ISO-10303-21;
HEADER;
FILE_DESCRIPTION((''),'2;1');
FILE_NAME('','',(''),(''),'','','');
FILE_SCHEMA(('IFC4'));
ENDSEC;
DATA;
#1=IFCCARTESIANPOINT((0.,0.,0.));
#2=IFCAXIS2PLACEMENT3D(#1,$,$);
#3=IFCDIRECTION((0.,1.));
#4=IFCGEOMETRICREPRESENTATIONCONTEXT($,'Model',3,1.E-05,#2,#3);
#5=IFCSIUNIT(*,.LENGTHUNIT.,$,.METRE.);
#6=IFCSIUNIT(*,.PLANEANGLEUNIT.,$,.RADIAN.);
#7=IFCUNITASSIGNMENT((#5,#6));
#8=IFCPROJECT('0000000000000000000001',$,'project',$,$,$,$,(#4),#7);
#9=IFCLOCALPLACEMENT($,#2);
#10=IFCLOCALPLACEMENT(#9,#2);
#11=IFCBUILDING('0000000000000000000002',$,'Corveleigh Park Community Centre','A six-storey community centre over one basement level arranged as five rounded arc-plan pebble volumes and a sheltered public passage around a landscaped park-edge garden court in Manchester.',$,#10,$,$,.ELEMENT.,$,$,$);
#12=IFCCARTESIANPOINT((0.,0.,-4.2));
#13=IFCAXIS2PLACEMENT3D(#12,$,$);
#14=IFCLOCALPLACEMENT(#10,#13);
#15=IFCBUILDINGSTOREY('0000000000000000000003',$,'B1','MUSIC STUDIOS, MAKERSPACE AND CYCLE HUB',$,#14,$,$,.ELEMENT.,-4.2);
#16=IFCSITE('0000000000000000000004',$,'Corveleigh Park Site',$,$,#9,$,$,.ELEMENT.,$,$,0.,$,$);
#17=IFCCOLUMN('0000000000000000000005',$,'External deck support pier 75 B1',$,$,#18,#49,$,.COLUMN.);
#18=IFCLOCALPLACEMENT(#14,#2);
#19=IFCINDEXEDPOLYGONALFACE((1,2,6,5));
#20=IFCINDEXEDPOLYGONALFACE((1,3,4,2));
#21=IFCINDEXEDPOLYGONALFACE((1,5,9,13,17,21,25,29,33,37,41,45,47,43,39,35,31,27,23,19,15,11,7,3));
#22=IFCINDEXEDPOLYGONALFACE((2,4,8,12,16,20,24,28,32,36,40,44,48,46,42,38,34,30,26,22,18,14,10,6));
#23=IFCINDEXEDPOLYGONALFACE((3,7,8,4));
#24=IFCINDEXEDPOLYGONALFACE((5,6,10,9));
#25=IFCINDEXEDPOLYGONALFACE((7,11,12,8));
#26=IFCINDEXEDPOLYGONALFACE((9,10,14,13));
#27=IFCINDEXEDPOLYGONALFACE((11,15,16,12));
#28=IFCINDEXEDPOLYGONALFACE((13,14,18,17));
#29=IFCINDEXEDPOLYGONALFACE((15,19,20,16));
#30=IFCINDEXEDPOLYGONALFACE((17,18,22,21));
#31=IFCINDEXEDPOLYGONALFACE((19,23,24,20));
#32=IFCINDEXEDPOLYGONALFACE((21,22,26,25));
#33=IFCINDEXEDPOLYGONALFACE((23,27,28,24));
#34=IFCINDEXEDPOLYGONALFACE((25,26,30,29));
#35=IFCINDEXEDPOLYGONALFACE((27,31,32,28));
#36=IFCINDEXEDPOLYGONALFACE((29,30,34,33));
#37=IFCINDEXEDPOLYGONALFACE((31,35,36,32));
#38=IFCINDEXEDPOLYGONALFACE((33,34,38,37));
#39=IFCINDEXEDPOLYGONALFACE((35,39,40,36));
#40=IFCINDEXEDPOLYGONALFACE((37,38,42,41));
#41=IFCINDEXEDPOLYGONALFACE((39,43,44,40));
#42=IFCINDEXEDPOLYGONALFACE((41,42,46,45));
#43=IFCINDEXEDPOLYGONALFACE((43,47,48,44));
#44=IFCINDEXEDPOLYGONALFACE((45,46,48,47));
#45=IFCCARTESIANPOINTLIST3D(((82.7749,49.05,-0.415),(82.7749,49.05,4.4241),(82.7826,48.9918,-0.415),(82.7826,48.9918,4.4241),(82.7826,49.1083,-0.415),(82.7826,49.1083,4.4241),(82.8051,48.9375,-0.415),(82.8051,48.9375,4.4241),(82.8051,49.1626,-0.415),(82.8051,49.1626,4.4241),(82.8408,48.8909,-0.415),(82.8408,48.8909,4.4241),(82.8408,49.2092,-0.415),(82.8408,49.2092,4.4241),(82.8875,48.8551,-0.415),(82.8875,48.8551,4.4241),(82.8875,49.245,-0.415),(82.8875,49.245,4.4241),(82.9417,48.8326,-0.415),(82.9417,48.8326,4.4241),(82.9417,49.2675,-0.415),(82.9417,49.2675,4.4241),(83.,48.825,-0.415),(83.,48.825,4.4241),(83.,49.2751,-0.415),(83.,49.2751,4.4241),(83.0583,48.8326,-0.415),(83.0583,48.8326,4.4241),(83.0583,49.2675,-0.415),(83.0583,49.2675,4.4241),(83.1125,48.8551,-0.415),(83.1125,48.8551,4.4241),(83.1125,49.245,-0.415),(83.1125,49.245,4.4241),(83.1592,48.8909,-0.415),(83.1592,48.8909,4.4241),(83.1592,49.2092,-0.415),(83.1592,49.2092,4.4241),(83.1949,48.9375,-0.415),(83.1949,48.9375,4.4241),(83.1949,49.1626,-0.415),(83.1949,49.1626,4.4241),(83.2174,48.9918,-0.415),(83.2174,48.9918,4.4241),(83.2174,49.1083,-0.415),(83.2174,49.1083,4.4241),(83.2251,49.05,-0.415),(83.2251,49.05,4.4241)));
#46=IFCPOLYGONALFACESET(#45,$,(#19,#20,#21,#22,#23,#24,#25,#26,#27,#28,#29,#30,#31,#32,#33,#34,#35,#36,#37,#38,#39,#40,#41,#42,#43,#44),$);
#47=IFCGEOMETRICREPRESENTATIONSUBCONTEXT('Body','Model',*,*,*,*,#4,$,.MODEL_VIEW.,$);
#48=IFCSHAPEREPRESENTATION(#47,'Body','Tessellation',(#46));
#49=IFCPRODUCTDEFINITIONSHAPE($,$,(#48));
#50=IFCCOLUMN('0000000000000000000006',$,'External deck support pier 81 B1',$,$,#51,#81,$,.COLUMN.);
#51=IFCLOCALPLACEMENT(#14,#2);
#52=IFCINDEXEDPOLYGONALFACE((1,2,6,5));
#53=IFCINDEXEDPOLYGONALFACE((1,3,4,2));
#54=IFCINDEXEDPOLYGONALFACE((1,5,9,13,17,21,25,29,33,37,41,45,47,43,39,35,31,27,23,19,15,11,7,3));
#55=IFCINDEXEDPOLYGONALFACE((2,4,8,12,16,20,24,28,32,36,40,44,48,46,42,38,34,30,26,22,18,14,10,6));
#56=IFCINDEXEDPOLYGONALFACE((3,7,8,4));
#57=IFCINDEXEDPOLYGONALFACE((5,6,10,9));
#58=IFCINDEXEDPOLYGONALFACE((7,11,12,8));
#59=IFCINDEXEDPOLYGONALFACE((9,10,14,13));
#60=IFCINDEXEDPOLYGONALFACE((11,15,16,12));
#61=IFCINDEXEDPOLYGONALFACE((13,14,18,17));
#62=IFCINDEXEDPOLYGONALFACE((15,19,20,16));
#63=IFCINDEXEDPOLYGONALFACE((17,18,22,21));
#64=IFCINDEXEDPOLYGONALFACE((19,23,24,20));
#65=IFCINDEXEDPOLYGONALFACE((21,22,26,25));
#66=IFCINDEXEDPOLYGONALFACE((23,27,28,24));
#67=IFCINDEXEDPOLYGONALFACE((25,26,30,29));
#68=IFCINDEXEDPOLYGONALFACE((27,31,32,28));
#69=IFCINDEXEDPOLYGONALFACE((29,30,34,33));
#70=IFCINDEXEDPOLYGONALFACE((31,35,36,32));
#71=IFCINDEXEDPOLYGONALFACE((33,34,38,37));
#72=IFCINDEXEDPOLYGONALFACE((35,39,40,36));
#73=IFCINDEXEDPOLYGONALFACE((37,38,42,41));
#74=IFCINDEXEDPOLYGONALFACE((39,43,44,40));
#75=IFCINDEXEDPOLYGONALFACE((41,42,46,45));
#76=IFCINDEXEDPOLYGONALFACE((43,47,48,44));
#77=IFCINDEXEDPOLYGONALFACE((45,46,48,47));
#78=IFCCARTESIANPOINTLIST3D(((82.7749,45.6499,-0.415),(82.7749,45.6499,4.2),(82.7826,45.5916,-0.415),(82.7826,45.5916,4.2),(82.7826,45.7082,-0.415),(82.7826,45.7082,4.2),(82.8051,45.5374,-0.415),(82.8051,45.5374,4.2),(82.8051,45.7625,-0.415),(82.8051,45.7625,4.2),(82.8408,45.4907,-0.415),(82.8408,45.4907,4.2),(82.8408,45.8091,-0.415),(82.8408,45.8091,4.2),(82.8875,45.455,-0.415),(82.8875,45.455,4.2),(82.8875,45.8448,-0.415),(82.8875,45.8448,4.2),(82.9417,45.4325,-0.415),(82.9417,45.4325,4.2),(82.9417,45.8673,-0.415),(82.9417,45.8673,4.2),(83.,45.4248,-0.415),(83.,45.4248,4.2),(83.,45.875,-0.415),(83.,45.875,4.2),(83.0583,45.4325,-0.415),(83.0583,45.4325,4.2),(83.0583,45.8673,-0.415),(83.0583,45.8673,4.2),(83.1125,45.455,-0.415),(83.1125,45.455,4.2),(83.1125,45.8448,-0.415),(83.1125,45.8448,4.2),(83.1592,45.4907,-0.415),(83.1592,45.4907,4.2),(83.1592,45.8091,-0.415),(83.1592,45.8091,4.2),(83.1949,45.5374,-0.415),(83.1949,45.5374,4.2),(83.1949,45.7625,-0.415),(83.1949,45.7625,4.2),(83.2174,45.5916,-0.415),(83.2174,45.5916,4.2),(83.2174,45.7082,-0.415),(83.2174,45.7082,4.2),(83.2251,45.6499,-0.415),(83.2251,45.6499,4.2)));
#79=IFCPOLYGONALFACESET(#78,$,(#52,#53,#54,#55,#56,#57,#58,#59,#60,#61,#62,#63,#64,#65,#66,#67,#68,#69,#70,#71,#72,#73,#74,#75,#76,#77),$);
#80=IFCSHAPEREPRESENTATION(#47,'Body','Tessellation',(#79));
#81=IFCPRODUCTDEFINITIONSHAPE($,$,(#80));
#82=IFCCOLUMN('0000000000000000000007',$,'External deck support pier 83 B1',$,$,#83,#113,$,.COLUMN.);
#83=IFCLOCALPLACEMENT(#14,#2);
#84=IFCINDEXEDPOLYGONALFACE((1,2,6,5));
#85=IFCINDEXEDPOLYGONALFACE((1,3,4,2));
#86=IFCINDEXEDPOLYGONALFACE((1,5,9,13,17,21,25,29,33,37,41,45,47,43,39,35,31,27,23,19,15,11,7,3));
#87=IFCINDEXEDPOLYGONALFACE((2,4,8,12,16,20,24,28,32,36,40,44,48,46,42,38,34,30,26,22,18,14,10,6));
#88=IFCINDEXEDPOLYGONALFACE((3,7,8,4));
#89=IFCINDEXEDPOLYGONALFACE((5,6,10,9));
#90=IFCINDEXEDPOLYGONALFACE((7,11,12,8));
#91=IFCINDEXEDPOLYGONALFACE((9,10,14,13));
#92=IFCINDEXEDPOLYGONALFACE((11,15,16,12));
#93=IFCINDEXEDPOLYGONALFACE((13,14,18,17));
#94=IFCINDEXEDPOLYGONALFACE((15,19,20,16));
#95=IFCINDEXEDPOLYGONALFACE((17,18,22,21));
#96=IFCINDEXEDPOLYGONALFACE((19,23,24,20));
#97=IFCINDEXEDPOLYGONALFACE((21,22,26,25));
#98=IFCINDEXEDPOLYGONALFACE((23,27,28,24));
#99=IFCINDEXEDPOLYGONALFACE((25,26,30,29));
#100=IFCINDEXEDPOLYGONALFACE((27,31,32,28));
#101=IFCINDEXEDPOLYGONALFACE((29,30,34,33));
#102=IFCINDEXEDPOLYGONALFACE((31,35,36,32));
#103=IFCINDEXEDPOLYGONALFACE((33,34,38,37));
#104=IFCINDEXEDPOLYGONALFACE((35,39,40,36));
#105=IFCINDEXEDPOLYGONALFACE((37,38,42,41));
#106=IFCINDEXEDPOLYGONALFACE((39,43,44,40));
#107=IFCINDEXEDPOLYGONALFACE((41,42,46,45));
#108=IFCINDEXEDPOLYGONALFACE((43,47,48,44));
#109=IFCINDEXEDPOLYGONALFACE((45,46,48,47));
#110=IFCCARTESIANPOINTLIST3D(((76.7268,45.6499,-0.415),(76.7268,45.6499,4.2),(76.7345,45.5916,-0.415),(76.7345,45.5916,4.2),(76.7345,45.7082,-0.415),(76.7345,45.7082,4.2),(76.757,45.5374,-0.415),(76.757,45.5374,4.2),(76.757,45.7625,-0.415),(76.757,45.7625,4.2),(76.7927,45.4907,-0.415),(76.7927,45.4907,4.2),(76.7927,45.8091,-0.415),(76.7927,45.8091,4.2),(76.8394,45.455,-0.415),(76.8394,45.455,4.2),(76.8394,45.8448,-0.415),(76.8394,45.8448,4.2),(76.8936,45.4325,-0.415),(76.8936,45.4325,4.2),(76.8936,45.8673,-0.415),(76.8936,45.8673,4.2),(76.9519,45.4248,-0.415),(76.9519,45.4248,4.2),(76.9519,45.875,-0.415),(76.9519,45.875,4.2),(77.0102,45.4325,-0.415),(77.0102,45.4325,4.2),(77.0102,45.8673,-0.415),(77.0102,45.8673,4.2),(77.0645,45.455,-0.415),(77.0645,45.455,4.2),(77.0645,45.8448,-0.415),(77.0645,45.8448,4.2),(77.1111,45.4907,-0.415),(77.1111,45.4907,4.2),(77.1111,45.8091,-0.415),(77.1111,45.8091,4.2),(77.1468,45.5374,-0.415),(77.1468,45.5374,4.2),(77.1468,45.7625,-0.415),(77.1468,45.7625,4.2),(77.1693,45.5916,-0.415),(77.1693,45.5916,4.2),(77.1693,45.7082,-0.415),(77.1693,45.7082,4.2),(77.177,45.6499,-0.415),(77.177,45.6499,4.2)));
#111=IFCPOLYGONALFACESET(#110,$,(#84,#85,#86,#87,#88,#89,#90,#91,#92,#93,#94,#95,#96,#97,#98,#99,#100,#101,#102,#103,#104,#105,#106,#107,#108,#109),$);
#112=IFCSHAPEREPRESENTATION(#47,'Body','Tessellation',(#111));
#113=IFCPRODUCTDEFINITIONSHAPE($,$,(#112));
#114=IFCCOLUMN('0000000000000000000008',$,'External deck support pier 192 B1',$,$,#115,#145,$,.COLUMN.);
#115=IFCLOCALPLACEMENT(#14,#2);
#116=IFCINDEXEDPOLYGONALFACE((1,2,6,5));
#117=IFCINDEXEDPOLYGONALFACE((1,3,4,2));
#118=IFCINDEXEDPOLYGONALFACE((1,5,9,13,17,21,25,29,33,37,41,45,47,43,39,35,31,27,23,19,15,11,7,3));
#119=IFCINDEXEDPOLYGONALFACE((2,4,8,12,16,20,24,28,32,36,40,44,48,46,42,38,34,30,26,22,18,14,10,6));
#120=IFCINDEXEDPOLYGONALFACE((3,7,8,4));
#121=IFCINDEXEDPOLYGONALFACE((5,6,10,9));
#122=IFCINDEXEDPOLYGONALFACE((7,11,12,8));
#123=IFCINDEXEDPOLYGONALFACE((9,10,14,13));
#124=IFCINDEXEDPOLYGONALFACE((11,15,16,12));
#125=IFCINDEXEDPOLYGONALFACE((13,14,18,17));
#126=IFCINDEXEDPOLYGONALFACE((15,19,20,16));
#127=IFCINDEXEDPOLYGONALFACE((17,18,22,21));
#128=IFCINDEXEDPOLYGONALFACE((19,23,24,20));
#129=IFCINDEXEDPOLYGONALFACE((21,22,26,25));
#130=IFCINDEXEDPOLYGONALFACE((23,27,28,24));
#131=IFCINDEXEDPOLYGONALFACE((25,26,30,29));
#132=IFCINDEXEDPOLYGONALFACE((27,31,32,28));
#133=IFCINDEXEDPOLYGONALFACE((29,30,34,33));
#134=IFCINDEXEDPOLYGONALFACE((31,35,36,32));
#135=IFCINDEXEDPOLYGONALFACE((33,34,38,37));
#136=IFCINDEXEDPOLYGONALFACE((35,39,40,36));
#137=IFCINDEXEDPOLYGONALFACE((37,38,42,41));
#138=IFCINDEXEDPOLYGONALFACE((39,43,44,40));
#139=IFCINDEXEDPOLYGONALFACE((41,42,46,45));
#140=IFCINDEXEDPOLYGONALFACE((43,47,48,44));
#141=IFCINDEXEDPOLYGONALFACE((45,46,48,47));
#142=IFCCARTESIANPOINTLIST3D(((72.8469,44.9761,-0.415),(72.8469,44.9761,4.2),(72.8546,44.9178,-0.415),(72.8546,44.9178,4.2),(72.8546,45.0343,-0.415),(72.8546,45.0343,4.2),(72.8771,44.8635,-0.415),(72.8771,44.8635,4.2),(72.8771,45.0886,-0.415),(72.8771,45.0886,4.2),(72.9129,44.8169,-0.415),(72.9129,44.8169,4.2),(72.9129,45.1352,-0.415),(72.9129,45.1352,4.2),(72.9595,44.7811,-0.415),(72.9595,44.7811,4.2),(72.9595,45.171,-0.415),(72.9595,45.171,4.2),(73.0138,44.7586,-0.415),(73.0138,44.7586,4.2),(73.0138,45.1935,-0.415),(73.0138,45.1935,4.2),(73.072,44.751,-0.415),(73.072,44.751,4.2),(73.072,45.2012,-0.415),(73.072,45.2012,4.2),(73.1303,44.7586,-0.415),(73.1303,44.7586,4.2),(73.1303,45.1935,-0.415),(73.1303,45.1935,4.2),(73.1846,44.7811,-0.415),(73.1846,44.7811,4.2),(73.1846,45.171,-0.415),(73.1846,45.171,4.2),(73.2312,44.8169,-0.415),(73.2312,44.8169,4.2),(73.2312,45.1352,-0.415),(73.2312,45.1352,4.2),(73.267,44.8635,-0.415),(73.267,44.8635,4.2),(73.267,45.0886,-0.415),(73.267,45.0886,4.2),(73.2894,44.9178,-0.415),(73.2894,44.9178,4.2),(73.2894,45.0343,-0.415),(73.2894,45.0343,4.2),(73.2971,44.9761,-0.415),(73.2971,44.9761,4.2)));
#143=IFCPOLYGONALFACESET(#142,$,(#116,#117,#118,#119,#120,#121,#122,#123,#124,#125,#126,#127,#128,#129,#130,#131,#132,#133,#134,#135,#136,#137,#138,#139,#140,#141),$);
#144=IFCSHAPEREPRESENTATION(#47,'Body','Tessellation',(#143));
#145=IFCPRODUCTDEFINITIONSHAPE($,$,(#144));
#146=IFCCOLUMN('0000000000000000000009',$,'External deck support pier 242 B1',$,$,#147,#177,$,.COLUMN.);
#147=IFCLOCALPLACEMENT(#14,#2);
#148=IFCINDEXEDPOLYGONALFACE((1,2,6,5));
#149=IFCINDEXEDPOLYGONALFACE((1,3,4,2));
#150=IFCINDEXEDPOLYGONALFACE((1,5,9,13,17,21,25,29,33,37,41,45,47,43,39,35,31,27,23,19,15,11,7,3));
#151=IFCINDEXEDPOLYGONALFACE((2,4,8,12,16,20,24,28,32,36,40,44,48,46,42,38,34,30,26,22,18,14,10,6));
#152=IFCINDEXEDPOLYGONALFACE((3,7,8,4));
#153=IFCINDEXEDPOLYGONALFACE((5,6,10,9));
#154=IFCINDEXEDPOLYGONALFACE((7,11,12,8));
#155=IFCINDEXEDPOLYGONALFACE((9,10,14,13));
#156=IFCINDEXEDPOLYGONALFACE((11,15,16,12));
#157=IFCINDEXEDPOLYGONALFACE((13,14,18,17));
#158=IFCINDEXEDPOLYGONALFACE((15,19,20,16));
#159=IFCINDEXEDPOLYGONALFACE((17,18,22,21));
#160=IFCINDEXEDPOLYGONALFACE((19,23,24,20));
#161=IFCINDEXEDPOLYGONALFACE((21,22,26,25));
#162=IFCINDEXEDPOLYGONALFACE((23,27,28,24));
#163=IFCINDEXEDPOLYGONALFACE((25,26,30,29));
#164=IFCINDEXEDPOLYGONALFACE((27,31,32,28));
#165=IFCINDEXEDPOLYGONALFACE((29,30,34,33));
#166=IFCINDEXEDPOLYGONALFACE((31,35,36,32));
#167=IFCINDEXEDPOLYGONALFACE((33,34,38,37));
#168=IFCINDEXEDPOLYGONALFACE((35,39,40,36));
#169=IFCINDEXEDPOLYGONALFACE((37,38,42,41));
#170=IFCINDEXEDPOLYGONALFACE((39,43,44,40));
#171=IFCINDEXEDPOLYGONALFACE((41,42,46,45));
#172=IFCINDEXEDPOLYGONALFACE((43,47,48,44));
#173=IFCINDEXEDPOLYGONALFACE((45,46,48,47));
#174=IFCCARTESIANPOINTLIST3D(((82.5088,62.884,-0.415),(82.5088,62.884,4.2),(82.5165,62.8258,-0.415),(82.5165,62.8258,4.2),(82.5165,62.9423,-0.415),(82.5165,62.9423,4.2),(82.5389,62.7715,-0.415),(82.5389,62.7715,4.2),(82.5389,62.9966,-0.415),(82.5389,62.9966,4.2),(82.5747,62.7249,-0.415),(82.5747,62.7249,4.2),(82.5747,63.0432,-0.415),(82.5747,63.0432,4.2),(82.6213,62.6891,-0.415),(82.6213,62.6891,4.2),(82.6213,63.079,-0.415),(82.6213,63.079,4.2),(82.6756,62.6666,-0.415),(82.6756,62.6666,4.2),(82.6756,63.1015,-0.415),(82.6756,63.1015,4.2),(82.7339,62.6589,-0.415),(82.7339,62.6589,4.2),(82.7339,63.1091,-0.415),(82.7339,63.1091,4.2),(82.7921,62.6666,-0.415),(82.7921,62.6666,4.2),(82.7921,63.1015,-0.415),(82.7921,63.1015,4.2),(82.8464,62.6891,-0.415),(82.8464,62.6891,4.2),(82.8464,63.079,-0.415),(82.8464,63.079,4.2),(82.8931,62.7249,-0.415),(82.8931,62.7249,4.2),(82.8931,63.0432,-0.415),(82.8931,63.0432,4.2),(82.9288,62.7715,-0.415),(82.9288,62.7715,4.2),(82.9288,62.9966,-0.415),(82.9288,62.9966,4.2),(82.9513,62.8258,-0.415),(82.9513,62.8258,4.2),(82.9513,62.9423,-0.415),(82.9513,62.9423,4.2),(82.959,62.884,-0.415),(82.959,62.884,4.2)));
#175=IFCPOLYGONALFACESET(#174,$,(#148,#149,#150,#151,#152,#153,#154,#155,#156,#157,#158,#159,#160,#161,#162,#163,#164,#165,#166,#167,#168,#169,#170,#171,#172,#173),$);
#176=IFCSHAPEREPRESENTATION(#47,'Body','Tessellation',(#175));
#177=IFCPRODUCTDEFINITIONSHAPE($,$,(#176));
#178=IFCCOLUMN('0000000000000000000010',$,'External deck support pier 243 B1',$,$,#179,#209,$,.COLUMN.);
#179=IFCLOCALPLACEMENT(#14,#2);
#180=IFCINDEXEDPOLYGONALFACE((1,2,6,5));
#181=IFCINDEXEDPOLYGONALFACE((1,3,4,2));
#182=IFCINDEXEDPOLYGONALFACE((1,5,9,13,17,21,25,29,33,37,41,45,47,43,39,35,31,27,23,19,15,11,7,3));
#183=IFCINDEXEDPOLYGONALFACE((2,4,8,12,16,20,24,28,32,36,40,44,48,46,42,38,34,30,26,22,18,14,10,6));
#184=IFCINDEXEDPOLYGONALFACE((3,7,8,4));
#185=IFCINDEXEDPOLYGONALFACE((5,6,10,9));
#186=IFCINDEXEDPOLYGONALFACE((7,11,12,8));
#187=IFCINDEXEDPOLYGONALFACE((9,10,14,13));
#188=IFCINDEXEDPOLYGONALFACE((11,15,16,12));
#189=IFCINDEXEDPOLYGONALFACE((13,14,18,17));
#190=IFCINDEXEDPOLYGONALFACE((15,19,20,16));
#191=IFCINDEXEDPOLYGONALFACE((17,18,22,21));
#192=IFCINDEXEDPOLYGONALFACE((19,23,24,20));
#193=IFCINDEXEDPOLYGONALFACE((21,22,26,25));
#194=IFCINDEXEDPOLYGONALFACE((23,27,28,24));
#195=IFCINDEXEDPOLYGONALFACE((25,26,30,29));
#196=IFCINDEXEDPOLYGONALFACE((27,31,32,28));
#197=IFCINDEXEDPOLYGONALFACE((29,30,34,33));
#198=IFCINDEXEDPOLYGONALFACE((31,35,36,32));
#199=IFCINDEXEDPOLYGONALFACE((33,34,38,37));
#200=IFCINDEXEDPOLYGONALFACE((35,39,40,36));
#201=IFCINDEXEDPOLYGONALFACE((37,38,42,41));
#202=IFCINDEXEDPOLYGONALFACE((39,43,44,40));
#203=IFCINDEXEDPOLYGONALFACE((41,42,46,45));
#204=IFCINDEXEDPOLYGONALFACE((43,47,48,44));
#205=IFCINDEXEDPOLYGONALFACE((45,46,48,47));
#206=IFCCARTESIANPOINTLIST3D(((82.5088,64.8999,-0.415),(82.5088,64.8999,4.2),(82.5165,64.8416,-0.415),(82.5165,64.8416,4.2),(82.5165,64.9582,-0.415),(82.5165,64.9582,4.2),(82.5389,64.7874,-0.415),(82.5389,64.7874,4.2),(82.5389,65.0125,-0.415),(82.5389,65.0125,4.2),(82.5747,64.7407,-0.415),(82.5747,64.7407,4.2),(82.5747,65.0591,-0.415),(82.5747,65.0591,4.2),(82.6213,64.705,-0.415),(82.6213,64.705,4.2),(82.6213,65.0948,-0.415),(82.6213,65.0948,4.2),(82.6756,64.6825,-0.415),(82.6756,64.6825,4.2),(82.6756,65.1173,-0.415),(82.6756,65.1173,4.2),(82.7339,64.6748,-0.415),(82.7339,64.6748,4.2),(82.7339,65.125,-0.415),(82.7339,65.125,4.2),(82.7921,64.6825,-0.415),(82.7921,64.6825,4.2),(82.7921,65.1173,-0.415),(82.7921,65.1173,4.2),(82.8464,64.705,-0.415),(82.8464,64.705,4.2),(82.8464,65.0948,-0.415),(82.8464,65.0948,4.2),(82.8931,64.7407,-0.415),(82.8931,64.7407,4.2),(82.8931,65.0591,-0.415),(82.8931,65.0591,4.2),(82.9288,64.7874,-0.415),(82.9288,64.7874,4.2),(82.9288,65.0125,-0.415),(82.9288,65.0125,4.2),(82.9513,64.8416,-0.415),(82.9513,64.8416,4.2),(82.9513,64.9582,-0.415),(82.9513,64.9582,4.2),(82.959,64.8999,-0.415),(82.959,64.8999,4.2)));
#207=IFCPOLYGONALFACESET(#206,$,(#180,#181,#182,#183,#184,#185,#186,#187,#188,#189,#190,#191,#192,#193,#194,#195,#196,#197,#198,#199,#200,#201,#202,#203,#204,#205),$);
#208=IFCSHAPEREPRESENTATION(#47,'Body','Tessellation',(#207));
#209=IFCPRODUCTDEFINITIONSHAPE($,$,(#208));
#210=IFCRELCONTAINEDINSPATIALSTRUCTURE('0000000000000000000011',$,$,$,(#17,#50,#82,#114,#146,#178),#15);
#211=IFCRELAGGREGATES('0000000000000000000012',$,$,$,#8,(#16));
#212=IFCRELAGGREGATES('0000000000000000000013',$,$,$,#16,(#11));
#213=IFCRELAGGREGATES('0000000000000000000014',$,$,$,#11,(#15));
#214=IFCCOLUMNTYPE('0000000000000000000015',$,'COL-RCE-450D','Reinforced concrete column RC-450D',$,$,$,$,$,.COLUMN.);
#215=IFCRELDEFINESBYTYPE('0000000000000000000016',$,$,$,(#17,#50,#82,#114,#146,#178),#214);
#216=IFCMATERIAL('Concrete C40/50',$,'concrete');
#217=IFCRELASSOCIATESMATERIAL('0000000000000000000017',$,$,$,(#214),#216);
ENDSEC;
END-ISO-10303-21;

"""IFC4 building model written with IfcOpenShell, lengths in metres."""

from ifc_helpers import new_model, si_unit, direction, frame, origin, origin_2d, place, context, subcontext, project, spatial, circle, extrude, material, material_profile, profile_set, type_object, element, save


model = new_model("IFC4")

# Units and contexts
model_context = context("Model", 3, precision=1e-05, world=origin(), true_north=direction((0.0, 1.0)))
body_context = subcontext(model_context, "Body", "Model", "MODEL_VIEW")
ifc_project = project(units=[si_unit("LENGTHUNIT", "METRE"), si_unit("PLANEANGLEUNIT", "RADIAN")], contexts=[model_context])

# Site, building, storey
site_placement = place(None, origin())
site = spatial("IfcSite", under=ifc_project, at=site_placement, Name="Corveleigh Park Site", CompositionType="ELEMENT", RefElevation=0.0)
building_placement = place(site_placement, origin())
building = spatial("IfcBuilding", under=site, at=building_placement, Name="Corveleigh Park Community Centre", Description="A six-storey community centre over one basement level arranged as five rounded arc-plan pebble volumes and a sheltered public passage around a landscaped park-edge garden court in Manchester.", CompositionType="ELEMENT")
storey_placement = place(building_placement, frame((0.0, 0.0, -4.2)))
storey = spatial("IfcBuildingStorey", under=building, at=storey_placement, Name="B1", Description="MUSIC STUDIOS, MAKERSPACE AND CYCLE HUB", CompositionType="ELEMENT", Elevation=-4.2)

# Shared definitions
ifc_material_1 = material(Name="Concrete C40/50", Category="concrete")

# Columns
ifc_material_profile_1 = material_profile(ifc_material_1, circle(Radius=0.2251, at=origin_2d()), Name="RC-450D", Category="concrete")
ifc_profile_set_1 = profile_set([ifc_material_profile_1], Name="Concrete C40/50")
column_type_1 = type_object("IfcColumnType", Name="COL-RCE-450D", Description="Reinforced concrete column RC-450D", PredefinedType="COLUMN", material=ifc_profile_set_1)
for number, where, z_axis, x_axis, name in (
    (1, (83.0, 49.05, -0.415), (0.0, 0.0, 1.0), (1.0, 0.0, 0.0), "External deck support pier 75 B1"),
):
    element("IfcColumn", number, at=place(storey_placement, frame(where, z_axis=z_axis, x_axis=x_axis)), inside=storey, type_object=column_type_1, Name=name, PredefinedType="COLUMN", context=body_context, shape_type="SweptSolid", body=[
        extrude(circle(Radius=0.2251, at=origin_2d()), origin(), (0.0, 0.0, 1.0), 4.8391),
    ])
for number, where, z_axis, x_axis, name in (
    (2, (83.0, 45.6499, -0.415), (0.0, 0.0, 1.0), (1.0, 0.0, 0.0), "External deck support pier 81 B1"),
    (3, (76.9519, 45.6499, -0.415), (0.0, 0.0, 1.0), (1.0, 0.0, 0.0), "External deck support pier 83 B1"),
    (4, (73.072, 44.9761, -0.415), (0.0, 0.0, 1.0), (1.0, 0.0, 0.0), "External deck support pier 192 B1"),
    (5, (82.7339, 62.884, -0.415), (0.0, 0.0, 1.0), (1.0, 0.0, 0.0), "External deck support pier 242 B1"),
    (6, (82.7339, 64.8999, -0.415), (0.0, 0.0, 1.0), (1.0, 0.0, 0.0), "External deck support pier 243 B1"),
):
    element("IfcColumn", number, at=place(storey_placement, frame(where, z_axis=z_axis, x_axis=x_axis)), inside=storey, type_object=column_type_1, Name=name, PredefinedType="COLUMN", context=body_context, shape_type="SweptSolid", body=[
        extrude(circle(Radius=0.2251, at=origin_2d()), origin(), (0.0, 0.0, 1.0), 4.615),
    ])

save(model, "model.ifc")
